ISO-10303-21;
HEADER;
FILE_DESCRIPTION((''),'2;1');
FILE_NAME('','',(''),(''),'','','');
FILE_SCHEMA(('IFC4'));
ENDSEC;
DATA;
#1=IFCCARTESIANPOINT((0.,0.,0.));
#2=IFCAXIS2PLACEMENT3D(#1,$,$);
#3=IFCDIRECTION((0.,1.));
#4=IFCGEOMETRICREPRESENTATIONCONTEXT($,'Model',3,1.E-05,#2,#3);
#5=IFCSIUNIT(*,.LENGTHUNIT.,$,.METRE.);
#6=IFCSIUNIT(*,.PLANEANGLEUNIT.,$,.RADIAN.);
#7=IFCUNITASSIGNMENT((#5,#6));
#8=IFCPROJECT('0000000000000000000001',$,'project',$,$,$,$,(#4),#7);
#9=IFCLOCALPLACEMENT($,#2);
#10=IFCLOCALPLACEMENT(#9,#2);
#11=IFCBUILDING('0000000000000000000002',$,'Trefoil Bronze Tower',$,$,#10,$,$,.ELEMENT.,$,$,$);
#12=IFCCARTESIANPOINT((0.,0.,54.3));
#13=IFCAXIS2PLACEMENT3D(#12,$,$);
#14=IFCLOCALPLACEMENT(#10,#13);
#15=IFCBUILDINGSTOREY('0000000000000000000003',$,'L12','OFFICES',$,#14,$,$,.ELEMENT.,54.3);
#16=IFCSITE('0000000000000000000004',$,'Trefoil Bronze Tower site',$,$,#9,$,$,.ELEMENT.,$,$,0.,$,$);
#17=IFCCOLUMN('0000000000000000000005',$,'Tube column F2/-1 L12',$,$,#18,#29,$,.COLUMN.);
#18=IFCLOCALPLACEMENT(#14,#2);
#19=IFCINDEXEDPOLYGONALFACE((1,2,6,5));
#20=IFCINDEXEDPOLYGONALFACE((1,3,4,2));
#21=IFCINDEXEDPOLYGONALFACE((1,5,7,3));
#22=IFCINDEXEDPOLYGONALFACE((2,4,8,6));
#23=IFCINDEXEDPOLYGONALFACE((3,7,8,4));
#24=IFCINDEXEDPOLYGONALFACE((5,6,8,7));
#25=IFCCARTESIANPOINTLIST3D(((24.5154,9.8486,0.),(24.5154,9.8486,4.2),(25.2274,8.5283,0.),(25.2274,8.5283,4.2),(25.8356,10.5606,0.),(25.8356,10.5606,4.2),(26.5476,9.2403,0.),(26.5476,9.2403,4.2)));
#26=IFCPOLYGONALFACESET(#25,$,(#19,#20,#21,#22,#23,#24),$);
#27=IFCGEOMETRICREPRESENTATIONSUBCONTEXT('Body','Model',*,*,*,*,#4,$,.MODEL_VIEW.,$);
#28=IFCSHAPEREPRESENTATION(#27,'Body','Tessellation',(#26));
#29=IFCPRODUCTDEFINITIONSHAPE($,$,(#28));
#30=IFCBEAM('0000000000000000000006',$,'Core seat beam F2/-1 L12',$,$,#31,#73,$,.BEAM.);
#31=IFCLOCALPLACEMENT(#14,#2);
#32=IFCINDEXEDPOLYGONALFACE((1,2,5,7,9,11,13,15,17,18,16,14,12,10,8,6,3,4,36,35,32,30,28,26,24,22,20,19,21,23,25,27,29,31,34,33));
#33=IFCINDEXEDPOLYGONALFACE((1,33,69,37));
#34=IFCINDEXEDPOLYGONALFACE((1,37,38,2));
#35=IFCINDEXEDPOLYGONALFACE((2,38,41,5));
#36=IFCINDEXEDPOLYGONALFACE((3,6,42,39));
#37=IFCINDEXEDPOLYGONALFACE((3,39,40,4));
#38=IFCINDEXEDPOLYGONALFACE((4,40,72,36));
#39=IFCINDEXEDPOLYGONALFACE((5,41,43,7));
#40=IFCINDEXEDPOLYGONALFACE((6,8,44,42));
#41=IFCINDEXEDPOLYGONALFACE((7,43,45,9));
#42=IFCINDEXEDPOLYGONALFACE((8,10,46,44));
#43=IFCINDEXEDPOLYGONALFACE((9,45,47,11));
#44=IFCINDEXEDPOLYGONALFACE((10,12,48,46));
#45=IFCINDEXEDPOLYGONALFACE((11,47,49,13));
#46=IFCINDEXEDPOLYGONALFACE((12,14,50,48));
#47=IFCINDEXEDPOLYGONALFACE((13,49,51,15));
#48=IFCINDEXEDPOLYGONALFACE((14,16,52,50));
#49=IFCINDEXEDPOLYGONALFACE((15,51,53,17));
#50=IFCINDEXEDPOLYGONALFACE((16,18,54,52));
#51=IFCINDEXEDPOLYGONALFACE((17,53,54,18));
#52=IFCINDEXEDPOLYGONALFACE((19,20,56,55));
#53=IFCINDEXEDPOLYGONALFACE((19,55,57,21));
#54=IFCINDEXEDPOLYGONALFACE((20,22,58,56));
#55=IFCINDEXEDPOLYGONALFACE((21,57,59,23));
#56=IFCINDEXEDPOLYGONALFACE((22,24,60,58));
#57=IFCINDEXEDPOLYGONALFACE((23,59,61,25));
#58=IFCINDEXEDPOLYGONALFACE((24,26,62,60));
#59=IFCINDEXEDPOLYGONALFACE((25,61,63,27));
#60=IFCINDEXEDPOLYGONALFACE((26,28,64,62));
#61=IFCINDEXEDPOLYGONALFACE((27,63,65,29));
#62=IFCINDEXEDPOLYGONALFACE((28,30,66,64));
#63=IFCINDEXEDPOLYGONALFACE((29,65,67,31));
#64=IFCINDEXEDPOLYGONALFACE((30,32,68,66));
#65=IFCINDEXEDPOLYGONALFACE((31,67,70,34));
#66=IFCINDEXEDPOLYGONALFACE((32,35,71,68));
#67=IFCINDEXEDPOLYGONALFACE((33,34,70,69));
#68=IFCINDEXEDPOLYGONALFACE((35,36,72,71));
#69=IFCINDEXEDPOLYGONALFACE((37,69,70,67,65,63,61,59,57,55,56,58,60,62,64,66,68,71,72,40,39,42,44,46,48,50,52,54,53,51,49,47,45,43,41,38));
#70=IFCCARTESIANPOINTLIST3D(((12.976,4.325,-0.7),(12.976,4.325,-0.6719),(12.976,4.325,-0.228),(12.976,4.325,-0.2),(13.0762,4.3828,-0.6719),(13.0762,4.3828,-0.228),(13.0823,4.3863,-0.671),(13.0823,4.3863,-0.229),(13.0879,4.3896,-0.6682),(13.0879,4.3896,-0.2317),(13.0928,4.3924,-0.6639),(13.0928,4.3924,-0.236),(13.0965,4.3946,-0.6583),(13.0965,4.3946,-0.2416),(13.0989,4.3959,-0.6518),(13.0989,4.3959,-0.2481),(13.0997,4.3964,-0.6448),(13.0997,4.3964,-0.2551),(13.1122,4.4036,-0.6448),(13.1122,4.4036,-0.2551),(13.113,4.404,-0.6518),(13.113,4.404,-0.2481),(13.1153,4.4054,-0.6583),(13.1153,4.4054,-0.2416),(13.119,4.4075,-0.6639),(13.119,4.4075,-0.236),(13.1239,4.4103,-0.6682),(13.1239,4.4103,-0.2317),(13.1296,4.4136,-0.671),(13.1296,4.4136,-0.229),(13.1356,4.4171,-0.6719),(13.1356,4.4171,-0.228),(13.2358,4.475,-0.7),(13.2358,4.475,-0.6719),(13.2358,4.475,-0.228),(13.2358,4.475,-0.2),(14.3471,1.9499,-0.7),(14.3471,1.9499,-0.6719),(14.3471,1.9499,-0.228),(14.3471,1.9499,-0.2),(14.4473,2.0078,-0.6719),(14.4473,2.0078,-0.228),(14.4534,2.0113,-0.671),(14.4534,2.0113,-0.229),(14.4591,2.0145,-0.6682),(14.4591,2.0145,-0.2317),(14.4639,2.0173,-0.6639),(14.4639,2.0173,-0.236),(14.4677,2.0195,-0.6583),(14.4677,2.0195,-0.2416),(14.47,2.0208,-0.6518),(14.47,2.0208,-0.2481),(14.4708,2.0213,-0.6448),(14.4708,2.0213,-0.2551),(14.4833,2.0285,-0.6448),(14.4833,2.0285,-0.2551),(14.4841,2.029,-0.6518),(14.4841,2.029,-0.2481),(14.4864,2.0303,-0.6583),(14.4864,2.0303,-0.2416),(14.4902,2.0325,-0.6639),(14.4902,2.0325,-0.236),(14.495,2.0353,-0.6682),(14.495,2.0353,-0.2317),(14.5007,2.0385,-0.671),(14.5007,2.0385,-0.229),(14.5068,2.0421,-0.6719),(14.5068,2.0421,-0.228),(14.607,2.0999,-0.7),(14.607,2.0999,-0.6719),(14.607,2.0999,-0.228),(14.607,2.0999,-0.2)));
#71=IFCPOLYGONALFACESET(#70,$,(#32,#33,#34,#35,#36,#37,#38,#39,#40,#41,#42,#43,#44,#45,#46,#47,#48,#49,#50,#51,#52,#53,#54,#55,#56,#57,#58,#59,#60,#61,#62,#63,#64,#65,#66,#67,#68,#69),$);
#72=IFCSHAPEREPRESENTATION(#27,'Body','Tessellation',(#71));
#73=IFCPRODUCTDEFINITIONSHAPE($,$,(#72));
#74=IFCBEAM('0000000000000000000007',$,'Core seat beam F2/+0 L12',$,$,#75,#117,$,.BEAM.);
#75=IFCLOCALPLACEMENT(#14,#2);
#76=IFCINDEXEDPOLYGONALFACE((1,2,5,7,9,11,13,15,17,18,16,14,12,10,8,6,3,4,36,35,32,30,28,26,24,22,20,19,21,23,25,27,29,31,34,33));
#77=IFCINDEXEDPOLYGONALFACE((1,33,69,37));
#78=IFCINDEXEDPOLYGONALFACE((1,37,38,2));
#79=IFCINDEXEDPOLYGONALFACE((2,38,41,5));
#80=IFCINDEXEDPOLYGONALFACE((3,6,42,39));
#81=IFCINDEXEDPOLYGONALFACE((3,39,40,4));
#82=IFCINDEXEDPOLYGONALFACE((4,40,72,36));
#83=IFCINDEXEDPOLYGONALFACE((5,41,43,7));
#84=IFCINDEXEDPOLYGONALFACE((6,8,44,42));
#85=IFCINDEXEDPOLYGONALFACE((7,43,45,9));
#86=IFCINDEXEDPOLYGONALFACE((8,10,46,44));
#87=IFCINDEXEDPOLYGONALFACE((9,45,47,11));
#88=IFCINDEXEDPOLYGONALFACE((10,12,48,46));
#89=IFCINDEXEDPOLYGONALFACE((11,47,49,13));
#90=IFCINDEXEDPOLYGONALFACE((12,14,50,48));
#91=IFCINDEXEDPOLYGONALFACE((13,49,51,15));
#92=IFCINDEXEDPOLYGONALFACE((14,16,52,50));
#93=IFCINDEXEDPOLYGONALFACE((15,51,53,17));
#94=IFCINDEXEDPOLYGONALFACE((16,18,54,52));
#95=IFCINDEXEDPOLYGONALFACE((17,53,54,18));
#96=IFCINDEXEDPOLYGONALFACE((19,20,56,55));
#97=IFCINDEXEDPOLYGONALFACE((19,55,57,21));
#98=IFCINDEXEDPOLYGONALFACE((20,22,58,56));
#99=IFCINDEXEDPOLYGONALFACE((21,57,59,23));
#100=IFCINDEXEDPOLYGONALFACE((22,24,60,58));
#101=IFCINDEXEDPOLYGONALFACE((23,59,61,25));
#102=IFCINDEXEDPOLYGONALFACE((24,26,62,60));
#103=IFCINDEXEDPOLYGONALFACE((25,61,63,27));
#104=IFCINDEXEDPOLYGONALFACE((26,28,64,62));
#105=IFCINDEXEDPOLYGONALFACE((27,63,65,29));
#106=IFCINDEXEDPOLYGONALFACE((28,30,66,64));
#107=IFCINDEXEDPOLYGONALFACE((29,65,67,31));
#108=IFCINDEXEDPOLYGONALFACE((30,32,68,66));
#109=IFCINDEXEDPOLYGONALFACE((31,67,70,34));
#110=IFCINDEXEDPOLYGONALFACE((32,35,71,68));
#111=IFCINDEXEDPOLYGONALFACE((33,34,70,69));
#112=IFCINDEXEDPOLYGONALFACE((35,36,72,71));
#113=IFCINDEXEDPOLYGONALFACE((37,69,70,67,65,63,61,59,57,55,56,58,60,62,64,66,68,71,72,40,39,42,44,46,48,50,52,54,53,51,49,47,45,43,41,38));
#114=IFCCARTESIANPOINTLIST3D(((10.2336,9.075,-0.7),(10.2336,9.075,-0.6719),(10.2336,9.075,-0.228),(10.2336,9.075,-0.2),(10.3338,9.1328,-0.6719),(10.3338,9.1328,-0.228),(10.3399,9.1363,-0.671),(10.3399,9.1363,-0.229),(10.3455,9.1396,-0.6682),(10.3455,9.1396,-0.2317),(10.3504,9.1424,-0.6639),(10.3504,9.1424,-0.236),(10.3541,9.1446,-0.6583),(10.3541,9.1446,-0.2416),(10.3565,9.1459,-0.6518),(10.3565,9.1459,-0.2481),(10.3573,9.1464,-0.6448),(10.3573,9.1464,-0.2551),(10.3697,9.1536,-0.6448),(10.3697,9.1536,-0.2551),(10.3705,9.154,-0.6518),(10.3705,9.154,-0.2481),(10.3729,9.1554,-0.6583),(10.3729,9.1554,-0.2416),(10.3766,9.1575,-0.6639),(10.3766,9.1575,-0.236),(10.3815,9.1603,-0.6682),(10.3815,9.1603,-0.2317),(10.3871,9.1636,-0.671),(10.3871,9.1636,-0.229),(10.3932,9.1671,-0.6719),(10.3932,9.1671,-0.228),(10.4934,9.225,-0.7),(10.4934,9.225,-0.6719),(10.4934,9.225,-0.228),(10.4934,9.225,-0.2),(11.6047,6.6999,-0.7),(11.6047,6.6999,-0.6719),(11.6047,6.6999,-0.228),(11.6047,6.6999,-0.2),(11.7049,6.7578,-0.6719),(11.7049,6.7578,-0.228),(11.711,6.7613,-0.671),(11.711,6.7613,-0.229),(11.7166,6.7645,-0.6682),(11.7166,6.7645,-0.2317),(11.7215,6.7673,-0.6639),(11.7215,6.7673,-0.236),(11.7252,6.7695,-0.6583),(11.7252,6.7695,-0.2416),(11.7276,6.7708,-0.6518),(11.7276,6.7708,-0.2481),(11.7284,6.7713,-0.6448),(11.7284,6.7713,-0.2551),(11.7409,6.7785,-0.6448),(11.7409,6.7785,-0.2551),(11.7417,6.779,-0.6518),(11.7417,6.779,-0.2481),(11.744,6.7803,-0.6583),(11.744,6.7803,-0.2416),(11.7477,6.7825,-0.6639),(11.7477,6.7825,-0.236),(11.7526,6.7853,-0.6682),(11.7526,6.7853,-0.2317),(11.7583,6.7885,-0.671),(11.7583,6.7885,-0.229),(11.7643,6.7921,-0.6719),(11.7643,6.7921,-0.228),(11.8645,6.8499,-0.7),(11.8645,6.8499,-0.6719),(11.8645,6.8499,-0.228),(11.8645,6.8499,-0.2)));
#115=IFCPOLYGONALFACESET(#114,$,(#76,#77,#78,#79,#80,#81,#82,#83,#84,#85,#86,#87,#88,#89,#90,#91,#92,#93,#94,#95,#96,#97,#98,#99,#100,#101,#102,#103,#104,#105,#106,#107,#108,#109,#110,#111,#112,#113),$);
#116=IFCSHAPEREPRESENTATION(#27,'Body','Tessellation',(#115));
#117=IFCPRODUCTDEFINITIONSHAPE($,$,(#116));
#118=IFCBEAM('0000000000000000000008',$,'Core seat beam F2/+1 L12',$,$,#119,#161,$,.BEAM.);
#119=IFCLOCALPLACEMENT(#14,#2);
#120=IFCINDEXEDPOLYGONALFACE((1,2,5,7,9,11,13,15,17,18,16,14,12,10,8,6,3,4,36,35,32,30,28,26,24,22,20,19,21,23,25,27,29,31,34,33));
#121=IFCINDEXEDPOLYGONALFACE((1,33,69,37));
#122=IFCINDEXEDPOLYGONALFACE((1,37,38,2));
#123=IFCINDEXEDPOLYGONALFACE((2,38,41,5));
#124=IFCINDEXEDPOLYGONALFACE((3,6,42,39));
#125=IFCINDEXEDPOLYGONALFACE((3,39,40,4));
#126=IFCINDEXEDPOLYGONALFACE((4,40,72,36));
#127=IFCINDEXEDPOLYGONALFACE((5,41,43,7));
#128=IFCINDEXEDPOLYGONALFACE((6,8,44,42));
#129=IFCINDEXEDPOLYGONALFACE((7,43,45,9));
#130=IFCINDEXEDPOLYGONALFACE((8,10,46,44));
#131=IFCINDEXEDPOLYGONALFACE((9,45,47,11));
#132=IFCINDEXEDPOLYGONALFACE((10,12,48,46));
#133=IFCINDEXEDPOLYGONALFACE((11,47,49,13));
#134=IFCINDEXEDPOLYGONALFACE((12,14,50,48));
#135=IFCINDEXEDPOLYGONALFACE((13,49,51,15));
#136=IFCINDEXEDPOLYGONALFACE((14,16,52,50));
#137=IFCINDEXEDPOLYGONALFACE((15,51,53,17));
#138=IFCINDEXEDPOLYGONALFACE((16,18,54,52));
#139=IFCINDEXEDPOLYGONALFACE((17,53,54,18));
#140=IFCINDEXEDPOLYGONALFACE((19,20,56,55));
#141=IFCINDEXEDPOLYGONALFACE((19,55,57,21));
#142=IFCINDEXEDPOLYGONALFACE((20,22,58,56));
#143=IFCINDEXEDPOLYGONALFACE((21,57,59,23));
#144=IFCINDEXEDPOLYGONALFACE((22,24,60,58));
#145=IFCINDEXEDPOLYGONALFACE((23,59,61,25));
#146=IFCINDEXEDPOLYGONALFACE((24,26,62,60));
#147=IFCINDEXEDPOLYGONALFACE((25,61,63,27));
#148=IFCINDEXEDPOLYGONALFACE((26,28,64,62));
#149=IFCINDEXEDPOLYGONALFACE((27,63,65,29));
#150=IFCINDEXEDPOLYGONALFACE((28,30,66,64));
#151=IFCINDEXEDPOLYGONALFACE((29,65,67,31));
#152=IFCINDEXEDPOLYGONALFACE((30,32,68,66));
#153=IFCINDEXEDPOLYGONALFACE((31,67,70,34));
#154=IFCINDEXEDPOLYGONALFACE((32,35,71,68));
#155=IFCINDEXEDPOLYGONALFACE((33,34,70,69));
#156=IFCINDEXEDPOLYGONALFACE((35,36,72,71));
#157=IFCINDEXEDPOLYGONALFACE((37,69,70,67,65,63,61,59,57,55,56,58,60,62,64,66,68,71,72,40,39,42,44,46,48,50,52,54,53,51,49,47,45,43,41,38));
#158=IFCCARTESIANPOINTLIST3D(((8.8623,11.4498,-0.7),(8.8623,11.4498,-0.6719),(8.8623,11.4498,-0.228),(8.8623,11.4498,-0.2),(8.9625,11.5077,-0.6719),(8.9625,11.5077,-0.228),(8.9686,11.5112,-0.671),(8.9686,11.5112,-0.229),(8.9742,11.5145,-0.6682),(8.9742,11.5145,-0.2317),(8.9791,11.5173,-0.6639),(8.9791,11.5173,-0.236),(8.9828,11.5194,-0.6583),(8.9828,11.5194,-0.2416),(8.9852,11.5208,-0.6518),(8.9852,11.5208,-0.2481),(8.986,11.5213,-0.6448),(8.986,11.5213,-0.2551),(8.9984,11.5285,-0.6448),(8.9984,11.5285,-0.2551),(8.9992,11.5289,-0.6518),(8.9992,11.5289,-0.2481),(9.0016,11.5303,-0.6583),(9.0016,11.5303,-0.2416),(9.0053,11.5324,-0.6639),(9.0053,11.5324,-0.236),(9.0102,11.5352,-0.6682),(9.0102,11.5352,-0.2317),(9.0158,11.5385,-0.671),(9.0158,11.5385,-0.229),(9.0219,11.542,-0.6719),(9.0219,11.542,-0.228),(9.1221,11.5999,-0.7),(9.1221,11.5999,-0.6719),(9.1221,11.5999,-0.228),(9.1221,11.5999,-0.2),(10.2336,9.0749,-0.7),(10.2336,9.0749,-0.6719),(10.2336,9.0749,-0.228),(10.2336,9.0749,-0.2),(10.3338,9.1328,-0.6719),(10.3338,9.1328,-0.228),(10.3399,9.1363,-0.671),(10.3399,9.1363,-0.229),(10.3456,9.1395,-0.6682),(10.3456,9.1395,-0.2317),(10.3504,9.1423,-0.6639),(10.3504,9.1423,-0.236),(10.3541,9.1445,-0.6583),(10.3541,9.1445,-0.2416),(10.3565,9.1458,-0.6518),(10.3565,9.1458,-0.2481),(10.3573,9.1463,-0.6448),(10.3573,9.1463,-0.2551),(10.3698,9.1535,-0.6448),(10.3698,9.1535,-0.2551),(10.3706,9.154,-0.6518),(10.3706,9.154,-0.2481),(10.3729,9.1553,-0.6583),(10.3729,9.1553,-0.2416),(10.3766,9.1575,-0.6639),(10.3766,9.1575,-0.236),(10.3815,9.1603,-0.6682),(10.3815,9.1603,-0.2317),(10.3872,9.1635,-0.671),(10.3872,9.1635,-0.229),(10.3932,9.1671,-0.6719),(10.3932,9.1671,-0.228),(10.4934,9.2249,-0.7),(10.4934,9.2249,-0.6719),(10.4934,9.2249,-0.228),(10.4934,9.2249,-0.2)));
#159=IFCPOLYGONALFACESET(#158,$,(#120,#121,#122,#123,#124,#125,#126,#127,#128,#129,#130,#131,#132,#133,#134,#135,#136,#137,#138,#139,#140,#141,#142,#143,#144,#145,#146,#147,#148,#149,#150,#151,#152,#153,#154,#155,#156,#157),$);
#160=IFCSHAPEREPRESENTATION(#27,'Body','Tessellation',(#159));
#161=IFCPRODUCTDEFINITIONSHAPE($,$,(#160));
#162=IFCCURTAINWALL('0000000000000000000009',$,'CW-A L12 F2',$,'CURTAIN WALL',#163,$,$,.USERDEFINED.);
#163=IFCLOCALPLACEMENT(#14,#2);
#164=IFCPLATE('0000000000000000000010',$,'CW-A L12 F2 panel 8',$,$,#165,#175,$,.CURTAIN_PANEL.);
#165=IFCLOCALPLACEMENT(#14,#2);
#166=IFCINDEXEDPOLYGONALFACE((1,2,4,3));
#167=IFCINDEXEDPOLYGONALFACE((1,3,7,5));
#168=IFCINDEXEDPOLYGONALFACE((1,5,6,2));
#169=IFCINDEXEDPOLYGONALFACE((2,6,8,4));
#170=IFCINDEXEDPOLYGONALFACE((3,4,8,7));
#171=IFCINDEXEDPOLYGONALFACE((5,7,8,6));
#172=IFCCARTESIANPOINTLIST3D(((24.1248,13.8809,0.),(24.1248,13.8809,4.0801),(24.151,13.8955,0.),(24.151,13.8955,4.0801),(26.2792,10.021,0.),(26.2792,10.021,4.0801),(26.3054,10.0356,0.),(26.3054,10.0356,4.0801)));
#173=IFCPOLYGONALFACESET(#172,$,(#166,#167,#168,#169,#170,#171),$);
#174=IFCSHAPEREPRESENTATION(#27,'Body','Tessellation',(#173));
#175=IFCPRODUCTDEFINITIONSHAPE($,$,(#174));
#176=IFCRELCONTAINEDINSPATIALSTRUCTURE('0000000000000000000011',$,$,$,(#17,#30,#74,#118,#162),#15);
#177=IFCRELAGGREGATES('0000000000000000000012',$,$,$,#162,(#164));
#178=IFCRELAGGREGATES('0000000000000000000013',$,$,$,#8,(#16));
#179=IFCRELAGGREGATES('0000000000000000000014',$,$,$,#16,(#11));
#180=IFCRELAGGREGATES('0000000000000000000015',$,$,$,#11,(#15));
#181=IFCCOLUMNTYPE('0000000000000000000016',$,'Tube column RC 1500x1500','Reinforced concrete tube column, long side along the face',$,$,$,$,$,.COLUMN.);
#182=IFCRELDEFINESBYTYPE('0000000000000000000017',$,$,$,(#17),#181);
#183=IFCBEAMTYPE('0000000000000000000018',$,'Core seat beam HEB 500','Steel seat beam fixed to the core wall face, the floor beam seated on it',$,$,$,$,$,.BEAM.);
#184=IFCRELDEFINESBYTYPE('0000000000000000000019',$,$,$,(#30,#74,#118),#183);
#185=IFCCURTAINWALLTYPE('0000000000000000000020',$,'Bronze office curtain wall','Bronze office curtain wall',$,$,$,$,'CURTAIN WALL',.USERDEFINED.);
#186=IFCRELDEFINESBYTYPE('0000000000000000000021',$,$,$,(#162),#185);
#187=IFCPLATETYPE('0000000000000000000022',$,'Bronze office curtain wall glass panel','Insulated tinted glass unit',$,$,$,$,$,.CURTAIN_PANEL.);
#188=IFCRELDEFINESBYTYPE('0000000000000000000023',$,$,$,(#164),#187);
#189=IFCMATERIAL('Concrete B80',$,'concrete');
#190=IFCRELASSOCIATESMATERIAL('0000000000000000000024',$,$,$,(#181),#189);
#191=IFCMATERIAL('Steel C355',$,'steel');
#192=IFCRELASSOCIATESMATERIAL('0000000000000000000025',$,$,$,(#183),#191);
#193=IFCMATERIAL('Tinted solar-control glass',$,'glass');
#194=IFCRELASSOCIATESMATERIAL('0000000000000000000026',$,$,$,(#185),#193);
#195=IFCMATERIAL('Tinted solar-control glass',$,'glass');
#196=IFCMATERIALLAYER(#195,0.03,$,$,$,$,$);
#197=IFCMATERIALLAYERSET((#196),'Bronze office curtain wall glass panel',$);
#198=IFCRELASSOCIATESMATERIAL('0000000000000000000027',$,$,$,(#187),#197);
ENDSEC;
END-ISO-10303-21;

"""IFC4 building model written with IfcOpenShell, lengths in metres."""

from ifc_helpers import new_model, si_unit, direction, frame, origin, origin_2d, place, context, subcontext, project, spatial, rectangle, i_section, extrude, material, layer, layer_set, material_profile, profile_set, type_object, element, aggregate, save


model = new_model("IFC4")

# Units and contexts
model_context = context("Model", 3, precision=1e-05, world=origin(), true_north=direction((0.0, 1.0)))
body_context = subcontext(model_context, "Body", "Model", "MODEL_VIEW")
ifc_project = project(units=[si_unit("LENGTHUNIT", "METRE"), si_unit("PLANEANGLEUNIT", "RADIAN")], contexts=[model_context])

# Site, building, storey
site_placement = place(None, origin())
site = spatial("IfcSite", under=ifc_project, at=site_placement, Name="Trefoil Bronze Tower site", CompositionType="ELEMENT", RefElevation=0.0)
building_placement = place(site_placement, origin())
building = spatial("IfcBuilding", under=site, at=building_placement, Name="Trefoil Bronze Tower", CompositionType="ELEMENT")
storey_placement = place(building_placement, frame((0.0, 0.0, 54.3)))
storey = spatial("IfcBuildingStorey", under=building, at=storey_placement, Name="L12", Description="OFFICES", CompositionType="ELEMENT", Elevation=54.3)

# Column
ifc_material_1 = material(Name="Concrete B80", Category="concrete")
ifc_material_profile_1 = material_profile(ifc_material_1, rectangle(XDim=1.5, YDim=1.5, at=origin_2d()), Name="RC 1500x1500")
ifc_profile_set_1 = profile_set([ifc_material_profile_1], Name="Concrete B80")
column_type = type_object("IfcColumnType", Name="Tube column RC 1500x1500", Description="Reinforced concrete tube column, long side along the face", PredefinedType="COLUMN", material=ifc_profile_set_1)
column_placement = place(storey_placement, frame((25.5315, 9.5444, 0.0), z_axis=(0.0, 0.0, 1.0), x_axis=(-0.474656, 0.880171, 0.0)))
element("IfcColumn", 1, at=column_placement, inside=storey, type_object=column_type, Name="Tube column F2/-1 L12", PredefinedType="COLUMN", context=body_context, shape_type="SweptSolid", body=[
    extrude(rectangle(XDim=1.5, YDim=1.5, at=origin_2d()), origin(), (0.0, 0.0, 1.0), 4.2),
])

# Beams
ifc_material_2 = material(Name="Steel C355", Category="steel")
ifc_material_profile_2 = material_profile(ifc_material_2, i_section(OverallWidth=0.3, OverallDepth=0.5, WebThickness=0.0144, FlangeThickness=0.0281, FilletRadius=0.0271, at=origin_2d()), Name="HEB 500")
ifc_profile_set_2 = profile_set([ifc_material_profile_2], Name="Steel C355")
beam_type = type_object("IfcBeamType", Name="Core seat beam HEB 500", Description="Steel seat beam fixed to the core wall face, the floor beam seated on it", PredefinedType="BEAM", material=ifc_profile_set_2)
for number, where, z_axis, x_axis, name in (
    (2, (14.4771, 2.0249, -0.45), (-0.499969, 0.866043, 0.0), (-0.866043, -0.499969, 0.0), "Core seat beam F2/-1 L12"),
    (3, (11.7346, 6.7749, -0.45), (-0.499969, 0.866043, 0.0), (-0.866043, -0.499969, 0.0), "Core seat beam F2/+0 L12"),
    (4, (10.3635, 9.1499, -0.45), (-0.500036, 0.866005, 0.0), (-0.866005, -0.500036, 0.0), "Core seat beam F2/+1 L12"),
):
    element("IfcBeam", number, at=place(storey_placement, frame(where, z_axis=z_axis, x_axis=x_axis)), inside=storey, type_object=beam_type, Name=name, PredefinedType="BEAM", context=body_context, shape_type="SweptSolid", body=[
        extrude(i_section(OverallWidth=0.3, OverallDepth=0.5, WebThickness=0.0144, FlangeThickness=0.0281, FilletRadius=0.0271, at=origin_2d()), origin(), (0.0, 0.0, 1.0), 2.7424),
    ])

# Curtain wall, plate
ifc_material_3 = material(Name="Tinted solar-control glass", Category="glass")
curtain_wall_type = type_object("IfcCurtainWallType", Name="Bronze office curtain wall", Description="Bronze office curtain wall", ElementType="CURTAIN WALL", PredefinedType="USERDEFINED", material=ifc_material_3)
curtain_wall_placement = place(storey_placement, origin())
curtain_wall = element("IfcCurtainWall", 5, at=curtain_wall_placement, inside=storey, type_object=curtain_wall_type, Name="CW-A L12 F2", ObjectType="CURTAIN WALL", PredefinedType="USERDEFINED")
ifc_material_4 = material(Name="Tinted solar-control glass", Category="glass")
ifc_layer_1 = layer(ifc_material_4, 0.03)
ifc_layer_set_1 = layer_set([ifc_layer_1], Name="Bronze office curtain wall glass panel")
plate_type = type_object("IfcPlateType", Name="Bronze office curtain wall glass panel", Description="Insulated tinted glass unit", PredefinedType="CURTAIN_PANEL", material=ifc_layer_set_1)
plate_placement = place(storey_placement, frame((25.2151, 11.9583, 0.0), z_axis=(0.0, 0.0, 1.0), x_axis=(-0.487382, 0.873189, 0.0)))
plate = element("IfcPlate", 6, at=plate_placement, type_object=plate_type, Name="CW-A L12 F2 panel 8", PredefinedType="CURTAIN_PANEL", context=body_context, shape_type="SweptSolid", body=[
    extrude(rectangle(XDim=4.4204, YDim=0.03, at=origin_2d()), origin(), (0.0, 0.0, 1.0), 4.0801),
])
aggregate(curtain_wall, [plate])

save(model, "model.ifc")
